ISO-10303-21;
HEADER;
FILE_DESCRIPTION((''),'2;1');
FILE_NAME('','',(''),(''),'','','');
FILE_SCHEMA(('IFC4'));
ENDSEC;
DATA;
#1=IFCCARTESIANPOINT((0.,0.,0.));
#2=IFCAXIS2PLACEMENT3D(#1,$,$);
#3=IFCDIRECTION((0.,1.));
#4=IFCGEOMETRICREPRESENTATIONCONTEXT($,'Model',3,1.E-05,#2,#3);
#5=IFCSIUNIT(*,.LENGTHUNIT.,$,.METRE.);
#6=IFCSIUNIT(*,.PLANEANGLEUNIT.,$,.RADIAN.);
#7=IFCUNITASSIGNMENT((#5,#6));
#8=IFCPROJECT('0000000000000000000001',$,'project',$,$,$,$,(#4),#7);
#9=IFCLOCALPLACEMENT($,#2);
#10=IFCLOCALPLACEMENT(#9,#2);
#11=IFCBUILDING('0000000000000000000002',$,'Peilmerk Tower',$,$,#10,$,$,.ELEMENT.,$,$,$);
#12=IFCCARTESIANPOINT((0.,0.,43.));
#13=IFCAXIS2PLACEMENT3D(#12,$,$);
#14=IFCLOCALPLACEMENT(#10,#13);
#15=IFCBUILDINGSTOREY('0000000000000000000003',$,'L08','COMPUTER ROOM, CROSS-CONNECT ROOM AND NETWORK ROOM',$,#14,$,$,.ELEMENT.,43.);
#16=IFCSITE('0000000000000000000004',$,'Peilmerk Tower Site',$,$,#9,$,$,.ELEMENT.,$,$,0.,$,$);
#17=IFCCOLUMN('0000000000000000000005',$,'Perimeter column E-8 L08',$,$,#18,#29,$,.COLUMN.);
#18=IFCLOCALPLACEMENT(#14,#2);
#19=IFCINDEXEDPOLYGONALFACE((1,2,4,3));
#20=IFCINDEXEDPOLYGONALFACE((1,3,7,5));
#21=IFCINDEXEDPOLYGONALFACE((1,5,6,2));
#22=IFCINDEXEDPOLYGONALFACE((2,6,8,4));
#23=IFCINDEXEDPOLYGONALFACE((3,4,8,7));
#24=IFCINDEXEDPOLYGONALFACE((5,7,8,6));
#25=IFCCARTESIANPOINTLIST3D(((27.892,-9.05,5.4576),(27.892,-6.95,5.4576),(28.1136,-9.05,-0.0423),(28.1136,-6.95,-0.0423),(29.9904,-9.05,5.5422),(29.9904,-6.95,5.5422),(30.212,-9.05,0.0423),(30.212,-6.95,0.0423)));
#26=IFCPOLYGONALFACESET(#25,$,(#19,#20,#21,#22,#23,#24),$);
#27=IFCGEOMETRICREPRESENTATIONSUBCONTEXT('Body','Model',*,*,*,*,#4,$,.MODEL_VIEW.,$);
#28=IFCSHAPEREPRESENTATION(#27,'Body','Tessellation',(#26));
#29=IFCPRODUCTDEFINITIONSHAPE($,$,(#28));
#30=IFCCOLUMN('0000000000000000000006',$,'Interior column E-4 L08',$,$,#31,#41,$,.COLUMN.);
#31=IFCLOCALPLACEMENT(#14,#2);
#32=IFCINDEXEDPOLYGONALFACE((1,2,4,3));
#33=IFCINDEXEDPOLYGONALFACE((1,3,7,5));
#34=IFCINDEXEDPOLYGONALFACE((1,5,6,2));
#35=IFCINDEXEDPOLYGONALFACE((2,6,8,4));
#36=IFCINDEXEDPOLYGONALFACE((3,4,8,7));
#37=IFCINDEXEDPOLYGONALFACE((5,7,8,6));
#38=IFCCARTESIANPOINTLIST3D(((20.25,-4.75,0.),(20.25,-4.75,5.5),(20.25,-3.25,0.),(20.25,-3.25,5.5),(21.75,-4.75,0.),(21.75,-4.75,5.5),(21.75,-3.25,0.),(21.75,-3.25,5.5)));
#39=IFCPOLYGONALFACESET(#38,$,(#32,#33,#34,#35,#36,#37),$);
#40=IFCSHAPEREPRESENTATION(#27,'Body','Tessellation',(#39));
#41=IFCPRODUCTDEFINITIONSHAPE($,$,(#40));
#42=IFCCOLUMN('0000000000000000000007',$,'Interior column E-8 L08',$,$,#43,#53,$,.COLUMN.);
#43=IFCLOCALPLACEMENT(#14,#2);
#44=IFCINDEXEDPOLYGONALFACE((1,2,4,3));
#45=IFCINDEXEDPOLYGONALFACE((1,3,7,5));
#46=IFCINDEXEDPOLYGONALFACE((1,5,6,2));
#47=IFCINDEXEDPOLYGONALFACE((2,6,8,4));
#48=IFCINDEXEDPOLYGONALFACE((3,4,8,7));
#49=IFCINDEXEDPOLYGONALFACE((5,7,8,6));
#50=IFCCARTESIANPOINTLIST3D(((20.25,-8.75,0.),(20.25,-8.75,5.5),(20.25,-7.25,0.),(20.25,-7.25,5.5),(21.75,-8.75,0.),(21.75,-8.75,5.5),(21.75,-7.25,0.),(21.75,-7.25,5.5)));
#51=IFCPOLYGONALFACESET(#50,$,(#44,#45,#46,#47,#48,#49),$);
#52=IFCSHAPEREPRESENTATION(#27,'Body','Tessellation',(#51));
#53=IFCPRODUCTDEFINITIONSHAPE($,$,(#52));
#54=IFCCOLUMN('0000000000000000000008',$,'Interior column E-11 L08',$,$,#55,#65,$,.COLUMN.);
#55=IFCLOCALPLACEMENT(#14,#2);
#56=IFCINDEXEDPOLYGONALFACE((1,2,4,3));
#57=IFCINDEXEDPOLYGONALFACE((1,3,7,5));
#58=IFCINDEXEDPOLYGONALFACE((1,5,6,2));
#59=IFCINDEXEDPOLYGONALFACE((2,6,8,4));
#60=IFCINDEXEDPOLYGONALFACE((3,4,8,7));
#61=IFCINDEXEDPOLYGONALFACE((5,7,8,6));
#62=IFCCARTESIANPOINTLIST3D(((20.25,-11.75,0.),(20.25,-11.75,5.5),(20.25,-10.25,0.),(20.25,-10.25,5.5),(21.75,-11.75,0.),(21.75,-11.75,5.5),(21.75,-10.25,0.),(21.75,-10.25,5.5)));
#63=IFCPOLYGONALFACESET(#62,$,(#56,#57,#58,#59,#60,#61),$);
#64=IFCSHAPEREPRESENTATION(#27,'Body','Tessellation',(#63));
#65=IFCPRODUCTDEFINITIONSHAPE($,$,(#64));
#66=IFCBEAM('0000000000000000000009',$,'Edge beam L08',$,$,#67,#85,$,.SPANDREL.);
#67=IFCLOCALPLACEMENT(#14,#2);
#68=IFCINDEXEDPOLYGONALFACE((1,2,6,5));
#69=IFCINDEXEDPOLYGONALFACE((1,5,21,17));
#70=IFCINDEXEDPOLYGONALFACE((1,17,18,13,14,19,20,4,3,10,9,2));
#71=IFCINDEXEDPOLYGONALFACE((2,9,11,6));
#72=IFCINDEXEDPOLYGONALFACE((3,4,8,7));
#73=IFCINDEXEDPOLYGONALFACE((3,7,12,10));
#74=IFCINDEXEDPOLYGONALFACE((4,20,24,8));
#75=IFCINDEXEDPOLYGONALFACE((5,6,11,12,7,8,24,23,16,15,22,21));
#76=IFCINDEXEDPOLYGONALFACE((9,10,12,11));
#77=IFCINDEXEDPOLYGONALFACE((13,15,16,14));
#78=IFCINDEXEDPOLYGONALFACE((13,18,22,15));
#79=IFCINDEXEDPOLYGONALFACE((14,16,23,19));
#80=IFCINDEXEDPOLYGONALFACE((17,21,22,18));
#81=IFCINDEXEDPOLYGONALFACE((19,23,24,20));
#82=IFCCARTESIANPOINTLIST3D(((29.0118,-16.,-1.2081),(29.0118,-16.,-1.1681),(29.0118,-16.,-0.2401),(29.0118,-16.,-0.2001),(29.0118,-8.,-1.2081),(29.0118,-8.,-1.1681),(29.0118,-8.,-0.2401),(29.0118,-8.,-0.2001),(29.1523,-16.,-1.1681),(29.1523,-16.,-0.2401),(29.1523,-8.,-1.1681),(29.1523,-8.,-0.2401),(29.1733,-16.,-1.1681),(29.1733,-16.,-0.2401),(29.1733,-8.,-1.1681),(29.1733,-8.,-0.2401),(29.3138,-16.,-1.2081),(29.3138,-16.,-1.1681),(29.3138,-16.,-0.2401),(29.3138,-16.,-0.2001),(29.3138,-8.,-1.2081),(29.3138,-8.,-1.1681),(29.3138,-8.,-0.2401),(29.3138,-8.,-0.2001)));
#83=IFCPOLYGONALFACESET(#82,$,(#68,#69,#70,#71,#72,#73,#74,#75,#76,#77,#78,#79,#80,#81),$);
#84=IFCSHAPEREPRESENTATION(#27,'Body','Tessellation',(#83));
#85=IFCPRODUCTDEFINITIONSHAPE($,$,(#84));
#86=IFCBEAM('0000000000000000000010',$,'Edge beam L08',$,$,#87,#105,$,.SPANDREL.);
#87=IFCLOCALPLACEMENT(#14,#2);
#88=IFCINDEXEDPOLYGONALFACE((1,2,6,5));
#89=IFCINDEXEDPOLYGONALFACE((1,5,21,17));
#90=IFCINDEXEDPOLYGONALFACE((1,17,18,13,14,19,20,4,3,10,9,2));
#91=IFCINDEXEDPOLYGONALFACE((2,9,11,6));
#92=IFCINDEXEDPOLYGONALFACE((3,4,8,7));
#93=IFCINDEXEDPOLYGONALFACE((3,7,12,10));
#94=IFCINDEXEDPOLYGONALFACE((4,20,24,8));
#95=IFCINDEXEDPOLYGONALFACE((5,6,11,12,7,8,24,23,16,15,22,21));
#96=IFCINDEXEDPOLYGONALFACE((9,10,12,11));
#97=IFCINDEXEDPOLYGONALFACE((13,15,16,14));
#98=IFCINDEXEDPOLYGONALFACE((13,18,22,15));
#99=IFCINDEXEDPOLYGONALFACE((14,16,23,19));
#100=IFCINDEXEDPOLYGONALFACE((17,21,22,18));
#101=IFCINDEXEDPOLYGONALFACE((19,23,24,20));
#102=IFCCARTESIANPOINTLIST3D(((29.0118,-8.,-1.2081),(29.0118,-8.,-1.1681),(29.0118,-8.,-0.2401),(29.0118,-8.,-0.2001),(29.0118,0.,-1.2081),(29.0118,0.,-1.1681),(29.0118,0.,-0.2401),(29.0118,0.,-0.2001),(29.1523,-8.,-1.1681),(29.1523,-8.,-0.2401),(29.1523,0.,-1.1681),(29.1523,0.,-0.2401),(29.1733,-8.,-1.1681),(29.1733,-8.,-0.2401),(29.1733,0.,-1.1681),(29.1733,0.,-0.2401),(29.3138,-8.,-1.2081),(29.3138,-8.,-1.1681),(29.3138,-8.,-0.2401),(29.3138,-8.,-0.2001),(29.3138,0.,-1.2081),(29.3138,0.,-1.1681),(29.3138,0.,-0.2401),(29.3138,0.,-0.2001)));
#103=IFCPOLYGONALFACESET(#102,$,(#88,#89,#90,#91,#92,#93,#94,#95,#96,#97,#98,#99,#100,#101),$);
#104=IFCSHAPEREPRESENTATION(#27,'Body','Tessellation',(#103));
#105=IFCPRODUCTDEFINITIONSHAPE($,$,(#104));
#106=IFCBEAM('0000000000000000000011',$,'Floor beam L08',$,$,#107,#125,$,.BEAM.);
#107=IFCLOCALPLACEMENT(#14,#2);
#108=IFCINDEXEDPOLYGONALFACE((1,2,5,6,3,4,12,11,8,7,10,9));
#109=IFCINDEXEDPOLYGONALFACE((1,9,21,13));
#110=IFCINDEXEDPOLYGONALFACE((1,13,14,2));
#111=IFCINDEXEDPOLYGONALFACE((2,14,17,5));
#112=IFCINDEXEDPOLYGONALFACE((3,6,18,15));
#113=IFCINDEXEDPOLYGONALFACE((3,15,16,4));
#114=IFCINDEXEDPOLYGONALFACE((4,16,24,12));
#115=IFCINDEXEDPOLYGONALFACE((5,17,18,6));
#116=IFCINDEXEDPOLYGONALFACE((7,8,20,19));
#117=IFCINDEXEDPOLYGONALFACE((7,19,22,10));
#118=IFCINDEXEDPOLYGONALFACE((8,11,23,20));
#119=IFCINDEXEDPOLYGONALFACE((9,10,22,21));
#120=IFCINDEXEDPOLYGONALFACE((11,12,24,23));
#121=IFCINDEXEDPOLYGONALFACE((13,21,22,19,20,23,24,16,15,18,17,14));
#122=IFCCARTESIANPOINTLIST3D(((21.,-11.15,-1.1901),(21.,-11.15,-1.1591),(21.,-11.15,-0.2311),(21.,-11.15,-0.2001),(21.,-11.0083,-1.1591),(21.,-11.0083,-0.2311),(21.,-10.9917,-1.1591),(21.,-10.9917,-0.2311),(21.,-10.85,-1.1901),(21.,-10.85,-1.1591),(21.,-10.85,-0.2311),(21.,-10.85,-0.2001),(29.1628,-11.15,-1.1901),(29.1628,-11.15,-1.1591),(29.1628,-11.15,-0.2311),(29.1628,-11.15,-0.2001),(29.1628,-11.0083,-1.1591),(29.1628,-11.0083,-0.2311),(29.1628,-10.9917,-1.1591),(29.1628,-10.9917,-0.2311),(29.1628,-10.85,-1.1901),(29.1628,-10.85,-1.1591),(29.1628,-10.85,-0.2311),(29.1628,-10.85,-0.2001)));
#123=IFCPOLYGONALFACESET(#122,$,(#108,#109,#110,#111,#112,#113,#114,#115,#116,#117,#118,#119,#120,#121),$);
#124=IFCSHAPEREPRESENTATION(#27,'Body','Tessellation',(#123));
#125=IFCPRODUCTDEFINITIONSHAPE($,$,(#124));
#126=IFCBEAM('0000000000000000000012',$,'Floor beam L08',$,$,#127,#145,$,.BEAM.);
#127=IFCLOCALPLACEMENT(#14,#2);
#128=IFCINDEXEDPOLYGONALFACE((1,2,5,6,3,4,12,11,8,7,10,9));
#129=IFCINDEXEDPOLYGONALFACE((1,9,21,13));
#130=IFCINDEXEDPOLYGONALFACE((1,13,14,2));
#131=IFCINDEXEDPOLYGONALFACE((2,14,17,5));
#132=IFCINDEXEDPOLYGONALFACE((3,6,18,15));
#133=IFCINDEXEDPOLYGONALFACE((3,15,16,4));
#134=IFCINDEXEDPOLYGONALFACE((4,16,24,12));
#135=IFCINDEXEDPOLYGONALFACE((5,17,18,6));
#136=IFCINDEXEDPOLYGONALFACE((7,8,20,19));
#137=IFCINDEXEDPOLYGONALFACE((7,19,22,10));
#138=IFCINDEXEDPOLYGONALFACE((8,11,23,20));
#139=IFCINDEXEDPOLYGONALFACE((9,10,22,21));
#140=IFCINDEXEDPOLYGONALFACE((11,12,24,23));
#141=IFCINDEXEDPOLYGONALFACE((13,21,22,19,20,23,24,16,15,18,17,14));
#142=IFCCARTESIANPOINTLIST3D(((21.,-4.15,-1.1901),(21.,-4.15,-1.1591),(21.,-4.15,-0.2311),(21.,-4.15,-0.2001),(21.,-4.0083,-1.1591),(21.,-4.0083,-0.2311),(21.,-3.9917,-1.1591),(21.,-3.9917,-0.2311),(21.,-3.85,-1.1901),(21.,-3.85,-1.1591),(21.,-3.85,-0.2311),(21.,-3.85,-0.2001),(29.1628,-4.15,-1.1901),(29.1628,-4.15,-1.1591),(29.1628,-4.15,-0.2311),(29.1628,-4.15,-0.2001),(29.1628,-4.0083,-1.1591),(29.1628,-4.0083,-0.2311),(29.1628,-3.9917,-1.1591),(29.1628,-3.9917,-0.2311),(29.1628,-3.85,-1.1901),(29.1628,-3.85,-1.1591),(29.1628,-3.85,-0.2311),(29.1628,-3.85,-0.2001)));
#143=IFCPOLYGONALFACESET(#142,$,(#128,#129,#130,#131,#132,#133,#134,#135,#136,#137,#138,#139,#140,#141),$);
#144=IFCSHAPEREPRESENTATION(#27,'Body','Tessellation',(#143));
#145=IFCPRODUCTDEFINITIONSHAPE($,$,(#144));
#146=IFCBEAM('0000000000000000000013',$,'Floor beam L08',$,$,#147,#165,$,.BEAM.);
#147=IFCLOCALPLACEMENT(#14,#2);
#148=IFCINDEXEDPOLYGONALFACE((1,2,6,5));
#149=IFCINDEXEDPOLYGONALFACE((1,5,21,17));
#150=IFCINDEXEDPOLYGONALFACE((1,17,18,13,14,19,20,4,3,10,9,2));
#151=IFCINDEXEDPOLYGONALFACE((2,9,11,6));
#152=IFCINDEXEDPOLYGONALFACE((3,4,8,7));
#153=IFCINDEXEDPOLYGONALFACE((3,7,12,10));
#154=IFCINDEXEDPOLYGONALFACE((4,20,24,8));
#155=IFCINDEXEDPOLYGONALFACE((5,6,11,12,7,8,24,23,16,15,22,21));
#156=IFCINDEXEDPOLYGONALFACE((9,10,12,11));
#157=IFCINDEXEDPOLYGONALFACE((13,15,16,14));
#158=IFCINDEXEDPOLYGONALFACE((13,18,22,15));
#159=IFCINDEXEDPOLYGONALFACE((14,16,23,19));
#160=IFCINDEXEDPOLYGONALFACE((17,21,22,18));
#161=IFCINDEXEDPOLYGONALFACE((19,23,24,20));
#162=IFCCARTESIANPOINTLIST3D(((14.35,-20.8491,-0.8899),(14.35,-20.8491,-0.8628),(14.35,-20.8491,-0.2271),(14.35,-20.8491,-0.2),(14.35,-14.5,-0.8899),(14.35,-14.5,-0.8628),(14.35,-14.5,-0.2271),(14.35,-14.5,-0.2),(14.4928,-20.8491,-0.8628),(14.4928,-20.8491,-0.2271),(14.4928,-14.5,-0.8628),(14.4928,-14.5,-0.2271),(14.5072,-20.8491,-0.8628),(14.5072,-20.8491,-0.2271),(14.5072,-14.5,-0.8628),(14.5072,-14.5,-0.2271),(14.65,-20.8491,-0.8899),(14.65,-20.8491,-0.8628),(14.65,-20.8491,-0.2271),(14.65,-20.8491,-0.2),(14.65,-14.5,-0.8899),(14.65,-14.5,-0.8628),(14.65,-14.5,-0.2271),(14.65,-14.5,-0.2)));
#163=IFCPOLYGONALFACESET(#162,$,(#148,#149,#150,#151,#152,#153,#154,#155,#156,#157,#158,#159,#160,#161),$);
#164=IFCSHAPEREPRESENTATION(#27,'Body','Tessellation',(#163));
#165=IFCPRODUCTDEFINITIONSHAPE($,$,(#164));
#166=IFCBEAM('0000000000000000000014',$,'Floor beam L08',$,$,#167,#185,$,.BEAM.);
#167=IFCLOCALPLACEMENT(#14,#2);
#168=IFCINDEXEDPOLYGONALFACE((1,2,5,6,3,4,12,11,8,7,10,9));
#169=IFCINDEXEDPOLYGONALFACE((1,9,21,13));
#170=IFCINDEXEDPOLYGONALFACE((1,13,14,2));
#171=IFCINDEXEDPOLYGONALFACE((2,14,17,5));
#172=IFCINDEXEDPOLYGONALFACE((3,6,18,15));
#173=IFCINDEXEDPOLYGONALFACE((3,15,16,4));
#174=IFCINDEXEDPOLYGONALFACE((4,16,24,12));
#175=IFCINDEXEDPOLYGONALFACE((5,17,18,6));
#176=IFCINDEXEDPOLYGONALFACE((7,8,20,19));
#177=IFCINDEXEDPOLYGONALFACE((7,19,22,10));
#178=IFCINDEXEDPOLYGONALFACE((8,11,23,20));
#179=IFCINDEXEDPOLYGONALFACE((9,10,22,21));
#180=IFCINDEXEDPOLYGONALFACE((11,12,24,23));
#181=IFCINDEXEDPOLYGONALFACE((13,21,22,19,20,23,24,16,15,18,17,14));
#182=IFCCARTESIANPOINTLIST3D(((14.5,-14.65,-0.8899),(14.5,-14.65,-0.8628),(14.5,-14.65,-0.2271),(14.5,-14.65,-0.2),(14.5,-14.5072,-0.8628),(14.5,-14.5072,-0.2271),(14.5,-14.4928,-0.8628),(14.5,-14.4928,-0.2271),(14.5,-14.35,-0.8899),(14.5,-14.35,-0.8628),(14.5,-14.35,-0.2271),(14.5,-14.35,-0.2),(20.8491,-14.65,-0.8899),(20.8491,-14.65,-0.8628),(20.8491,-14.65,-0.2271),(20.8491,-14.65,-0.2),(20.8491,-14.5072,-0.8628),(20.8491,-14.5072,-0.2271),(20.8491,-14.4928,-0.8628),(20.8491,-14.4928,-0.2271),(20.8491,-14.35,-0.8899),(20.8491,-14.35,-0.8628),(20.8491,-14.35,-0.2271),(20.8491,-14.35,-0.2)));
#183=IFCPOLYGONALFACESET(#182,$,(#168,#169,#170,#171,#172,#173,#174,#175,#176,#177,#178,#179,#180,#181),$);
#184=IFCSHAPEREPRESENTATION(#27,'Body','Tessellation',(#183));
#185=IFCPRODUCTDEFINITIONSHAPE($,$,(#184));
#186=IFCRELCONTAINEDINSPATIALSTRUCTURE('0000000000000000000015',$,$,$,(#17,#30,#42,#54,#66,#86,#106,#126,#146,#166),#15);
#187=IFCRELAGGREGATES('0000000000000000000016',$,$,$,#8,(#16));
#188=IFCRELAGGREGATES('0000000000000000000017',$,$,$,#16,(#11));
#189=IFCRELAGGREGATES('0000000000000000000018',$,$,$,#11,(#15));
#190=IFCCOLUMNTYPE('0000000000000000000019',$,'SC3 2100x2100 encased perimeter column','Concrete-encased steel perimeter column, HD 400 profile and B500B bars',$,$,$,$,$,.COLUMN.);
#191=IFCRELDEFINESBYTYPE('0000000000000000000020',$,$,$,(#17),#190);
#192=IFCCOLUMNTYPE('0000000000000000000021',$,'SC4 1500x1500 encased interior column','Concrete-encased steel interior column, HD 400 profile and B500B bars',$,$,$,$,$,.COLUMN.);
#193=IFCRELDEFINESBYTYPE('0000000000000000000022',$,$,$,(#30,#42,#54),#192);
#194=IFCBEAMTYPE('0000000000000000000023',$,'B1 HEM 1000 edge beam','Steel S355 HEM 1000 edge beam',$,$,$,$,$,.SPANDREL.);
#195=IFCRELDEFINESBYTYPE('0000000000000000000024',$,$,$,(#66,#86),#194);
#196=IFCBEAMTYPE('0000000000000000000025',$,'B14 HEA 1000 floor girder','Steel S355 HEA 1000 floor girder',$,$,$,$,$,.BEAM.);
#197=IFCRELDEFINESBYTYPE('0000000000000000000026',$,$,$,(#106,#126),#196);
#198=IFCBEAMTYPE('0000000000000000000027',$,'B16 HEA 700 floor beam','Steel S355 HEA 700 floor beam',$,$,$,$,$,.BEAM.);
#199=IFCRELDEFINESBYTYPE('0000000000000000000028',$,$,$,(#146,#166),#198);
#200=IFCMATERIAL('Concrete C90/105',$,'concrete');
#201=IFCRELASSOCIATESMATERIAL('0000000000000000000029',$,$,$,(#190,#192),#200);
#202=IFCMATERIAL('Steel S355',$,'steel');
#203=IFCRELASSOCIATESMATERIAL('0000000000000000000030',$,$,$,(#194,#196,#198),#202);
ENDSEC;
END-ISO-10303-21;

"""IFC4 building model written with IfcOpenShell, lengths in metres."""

from ifc_helpers import new_model, si_unit, direction, frame, origin, origin_2d, place, context, subcontext, project, spatial, rectangle, i_section, extrude, material, material_profile, profile_set, type_object, element, save


model = new_model("IFC4")

# Units and contexts
model_context = context("Model", 3, precision=1e-05, world=origin(), true_north=direction((0.0, 1.0)))
body_context = subcontext(model_context, "Body", "Model", "MODEL_VIEW")
ifc_project = project(units=[si_unit("LENGTHUNIT", "METRE"), si_unit("PLANEANGLEUNIT", "RADIAN")], contexts=[model_context])

# Site, building, storey
site_placement = place(None, origin())
site = spatial("IfcSite", under=ifc_project, at=site_placement, Name="Peilmerk Tower Site", CompositionType="ELEMENT", RefElevation=0.0)
building_placement = place(site_placement, origin())
building = spatial("IfcBuilding", under=site, at=building_placement, Name="Peilmerk Tower", CompositionType="ELEMENT")
storey_placement = place(building_placement, frame((0.0, 0.0, 43.0)))
storey = spatial("IfcBuildingStorey", under=building, at=storey_placement, Name="L08", Description="COMPUTER ROOM, CROSS-CONNECT ROOM AND NETWORK ROOM", CompositionType="ELEMENT", Elevation=43.0)

# Columns
ifc_material_1 = material(Name="Concrete C90/105", Category="concrete")
ifc_material_profile_1 = material_profile(ifc_material_1, rectangle(XDim=2.1001, YDim=2.1001, at=origin_2d()), Name="RC 2100x2100")
ifc_profile_set_1 = profile_set([ifc_material_profile_1], Name="Concrete C90/105")
column_type_1 = type_object("IfcColumnType", Name="SC3 2100x2100 encased perimeter column", Description="Concrete-encased steel perimeter column, HD 400 profile and B500B bars", PredefinedType="COLUMN", material=ifc_profile_set_1)
column_placement = place(storey_placement, frame((29.1628, -8.0, 0.0), z_axis=(-0.040273, 0.0, 0.999189), x_axis=(0.0, -1.0, 0.0)))
element("IfcColumn", 1, at=column_placement, inside=storey, type_object=column_type_1, Name="Perimeter column E-8 L08", PredefinedType="COLUMN", context=body_context, shape_type="SweptSolid", body=[
    extrude(rectangle(XDim=2.1001, YDim=2.1001, at=origin_2d()), origin(), (0.0, 0.0, 1.0), 5.5044),
])
ifc_material_profile_2 = material_profile(ifc_material_1, rectangle(XDim=1.5, YDim=1.5, at=origin_2d()), Name="RC 1500x1500")
ifc_profile_set_2 = profile_set([ifc_material_profile_2], Name="Concrete C90/105")
column_type_2 = type_object("IfcColumnType", Name="SC4 1500x1500 encased interior column", Description="Concrete-encased steel interior column, HD 400 profile and B500B bars", PredefinedType="COLUMN", material=ifc_profile_set_2)
for number, where, z_axis, x_axis, name in (
    (2, (21.0, -4.0, 0.0), (0.0, 0.0, 1.0), (1.0, 0.0, 0.0), "Interior column E-4 L08"),
    (3, (21.0, -8.0, 0.0), (0.0, 0.0, 1.0), (1.0, 0.0, 0.0), "Interior column E-8 L08"),
    (4, (21.0, -11.0, 0.0), (0.0, 0.0, 1.0), (1.0, 0.0, 0.0), "Interior column E-11 L08"),
):
    element("IfcColumn", number, at=place(storey_placement, frame(where, z_axis=z_axis, x_axis=x_axis)), inside=storey, type_object=column_type_2, Name=name, PredefinedType="COLUMN", context=body_context, shape_type="SweptSolid", body=[
        extrude(rectangle(XDim=1.5, YDim=1.5, at=origin_2d()), origin(), (0.0, 0.0, 1.0), 5.5),
    ])

# Beams
ifc_material_2 = material(Name="Steel S355", Category="steel")
ifc_material_profile_3 = material_profile(ifc_material_2, i_section(OverallWidth=0.302, OverallDepth=1.0081, WebThickness=0.021, FlangeThickness=0.04, at=origin_2d()), Name="HEM 1000")
ifc_profile_set_3 = profile_set([ifc_material_profile_3], Name="Steel S355")
beam_type_1 = type_object("IfcBeamType", Name="B1 HEM 1000 edge beam", Description="Steel S355 HEM 1000 edge beam", PredefinedType="SPANDREL", material=ifc_profile_set_3)
for number, where, z_axis, x_axis, name in (
    (5, (29.1628, -16.0, -0.7041), (0.0, 1.0, 0.0), (-1.0, 0.0, 0.0), "Edge beam L08"),
    (6, (29.1628, -8.0, -0.7041), (0.0, 1.0, 0.0), (-1.0, 0.0, 0.0), "Edge beam L08"),
):
    element("IfcBeam", number, at=place(storey_placement, frame(where, z_axis=z_axis, x_axis=x_axis)), inside=storey, type_object=beam_type_1, Name=name, PredefinedType="SPANDREL", context=body_context, shape_type="SweptSolid", body=[
        extrude(i_section(OverallWidth=0.302, OverallDepth=1.0081, WebThickness=0.021, FlangeThickness=0.04, at=origin_2d()), origin(), (0.0, 0.0, 1.0), 8.0),
    ])
ifc_material_profile_4 = material_profile(ifc_material_2, i_section(OverallWidth=0.3, OverallDepth=0.99, WebThickness=0.0166, FlangeThickness=0.031, at=origin_2d()), Name="HEA 1000")
ifc_profile_set_4 = profile_set([ifc_material_profile_4], Name="Steel S355")
beam_type_2 = type_object("IfcBeamType", Name="B14 HEA 1000 floor girder", Description="Steel S355 HEA 1000 floor girder", PredefinedType="BEAM", material=ifc_profile_set_4)
for number, where, z_axis, x_axis, name in (
    (7, (21.0, -11.0, -0.6951), (1.0, 0.0, 0.0), (0.0, 1.0, 0.0), "Floor beam L08"),
    (8, (21.0, -4.0, -0.6951), (1.0, 0.0, 0.0), (0.0, 1.0, 0.0), "Floor beam L08"),
):
    element("IfcBeam", number, at=place(storey_placement, frame(where, z_axis=z_axis, x_axis=x_axis)), inside=storey, type_object=beam_type_2, Name=name, PredefinedType="BEAM", context=body_context, shape_type="SweptSolid", body=[
        extrude(i_section(OverallWidth=0.3, OverallDepth=0.99, WebThickness=0.0166, FlangeThickness=0.031, at=origin_2d()), origin(), (0.0, 0.0, 1.0), 8.1628),
    ])
ifc_material_profile_5 = material_profile(ifc_material_2, i_section(OverallWidth=0.3, OverallDepth=0.6899, WebThickness=0.0144, FlangeThickness=0.0271, at=origin_2d()), Name="HEA 700")
ifc_profile_set_5 = profile_set([ifc_material_profile_5], Name="Steel S355")
beam_type_3 = type_object("IfcBeamType", Name="B16 HEA 700 floor beam", Description="Steel S355 HEA 700 floor beam", PredefinedType="BEAM", material=ifc_profile_set_5)
for number, where, z_axis, x_axis, name in (
    (9, (14.5, -14.5, -0.5449), (0.0, -1.0, 0.0), (1.0, 0.0, 0.0), "Floor beam L08"),
    (10, (14.5, -14.5, -0.5449), (1.0, 0.0, 0.0), (0.0, 1.0, 0.0), "Floor beam L08"),
):
    element("IfcBeam", number, at=place(storey_placement, frame(where, z_axis=z_axis, x_axis=x_axis)), inside=storey, type_object=beam_type_3, Name=name, PredefinedType="BEAM", context=body_context, shape_type="SweptSolid", body=[
        extrude(i_section(OverallWidth=0.3, OverallDepth=0.6899, WebThickness=0.0144, FlangeThickness=0.0271, at=origin_2d()), origin(), (0.0, 0.0, 1.0), 6.3491),
    ])

save(model, "model.ifc")
